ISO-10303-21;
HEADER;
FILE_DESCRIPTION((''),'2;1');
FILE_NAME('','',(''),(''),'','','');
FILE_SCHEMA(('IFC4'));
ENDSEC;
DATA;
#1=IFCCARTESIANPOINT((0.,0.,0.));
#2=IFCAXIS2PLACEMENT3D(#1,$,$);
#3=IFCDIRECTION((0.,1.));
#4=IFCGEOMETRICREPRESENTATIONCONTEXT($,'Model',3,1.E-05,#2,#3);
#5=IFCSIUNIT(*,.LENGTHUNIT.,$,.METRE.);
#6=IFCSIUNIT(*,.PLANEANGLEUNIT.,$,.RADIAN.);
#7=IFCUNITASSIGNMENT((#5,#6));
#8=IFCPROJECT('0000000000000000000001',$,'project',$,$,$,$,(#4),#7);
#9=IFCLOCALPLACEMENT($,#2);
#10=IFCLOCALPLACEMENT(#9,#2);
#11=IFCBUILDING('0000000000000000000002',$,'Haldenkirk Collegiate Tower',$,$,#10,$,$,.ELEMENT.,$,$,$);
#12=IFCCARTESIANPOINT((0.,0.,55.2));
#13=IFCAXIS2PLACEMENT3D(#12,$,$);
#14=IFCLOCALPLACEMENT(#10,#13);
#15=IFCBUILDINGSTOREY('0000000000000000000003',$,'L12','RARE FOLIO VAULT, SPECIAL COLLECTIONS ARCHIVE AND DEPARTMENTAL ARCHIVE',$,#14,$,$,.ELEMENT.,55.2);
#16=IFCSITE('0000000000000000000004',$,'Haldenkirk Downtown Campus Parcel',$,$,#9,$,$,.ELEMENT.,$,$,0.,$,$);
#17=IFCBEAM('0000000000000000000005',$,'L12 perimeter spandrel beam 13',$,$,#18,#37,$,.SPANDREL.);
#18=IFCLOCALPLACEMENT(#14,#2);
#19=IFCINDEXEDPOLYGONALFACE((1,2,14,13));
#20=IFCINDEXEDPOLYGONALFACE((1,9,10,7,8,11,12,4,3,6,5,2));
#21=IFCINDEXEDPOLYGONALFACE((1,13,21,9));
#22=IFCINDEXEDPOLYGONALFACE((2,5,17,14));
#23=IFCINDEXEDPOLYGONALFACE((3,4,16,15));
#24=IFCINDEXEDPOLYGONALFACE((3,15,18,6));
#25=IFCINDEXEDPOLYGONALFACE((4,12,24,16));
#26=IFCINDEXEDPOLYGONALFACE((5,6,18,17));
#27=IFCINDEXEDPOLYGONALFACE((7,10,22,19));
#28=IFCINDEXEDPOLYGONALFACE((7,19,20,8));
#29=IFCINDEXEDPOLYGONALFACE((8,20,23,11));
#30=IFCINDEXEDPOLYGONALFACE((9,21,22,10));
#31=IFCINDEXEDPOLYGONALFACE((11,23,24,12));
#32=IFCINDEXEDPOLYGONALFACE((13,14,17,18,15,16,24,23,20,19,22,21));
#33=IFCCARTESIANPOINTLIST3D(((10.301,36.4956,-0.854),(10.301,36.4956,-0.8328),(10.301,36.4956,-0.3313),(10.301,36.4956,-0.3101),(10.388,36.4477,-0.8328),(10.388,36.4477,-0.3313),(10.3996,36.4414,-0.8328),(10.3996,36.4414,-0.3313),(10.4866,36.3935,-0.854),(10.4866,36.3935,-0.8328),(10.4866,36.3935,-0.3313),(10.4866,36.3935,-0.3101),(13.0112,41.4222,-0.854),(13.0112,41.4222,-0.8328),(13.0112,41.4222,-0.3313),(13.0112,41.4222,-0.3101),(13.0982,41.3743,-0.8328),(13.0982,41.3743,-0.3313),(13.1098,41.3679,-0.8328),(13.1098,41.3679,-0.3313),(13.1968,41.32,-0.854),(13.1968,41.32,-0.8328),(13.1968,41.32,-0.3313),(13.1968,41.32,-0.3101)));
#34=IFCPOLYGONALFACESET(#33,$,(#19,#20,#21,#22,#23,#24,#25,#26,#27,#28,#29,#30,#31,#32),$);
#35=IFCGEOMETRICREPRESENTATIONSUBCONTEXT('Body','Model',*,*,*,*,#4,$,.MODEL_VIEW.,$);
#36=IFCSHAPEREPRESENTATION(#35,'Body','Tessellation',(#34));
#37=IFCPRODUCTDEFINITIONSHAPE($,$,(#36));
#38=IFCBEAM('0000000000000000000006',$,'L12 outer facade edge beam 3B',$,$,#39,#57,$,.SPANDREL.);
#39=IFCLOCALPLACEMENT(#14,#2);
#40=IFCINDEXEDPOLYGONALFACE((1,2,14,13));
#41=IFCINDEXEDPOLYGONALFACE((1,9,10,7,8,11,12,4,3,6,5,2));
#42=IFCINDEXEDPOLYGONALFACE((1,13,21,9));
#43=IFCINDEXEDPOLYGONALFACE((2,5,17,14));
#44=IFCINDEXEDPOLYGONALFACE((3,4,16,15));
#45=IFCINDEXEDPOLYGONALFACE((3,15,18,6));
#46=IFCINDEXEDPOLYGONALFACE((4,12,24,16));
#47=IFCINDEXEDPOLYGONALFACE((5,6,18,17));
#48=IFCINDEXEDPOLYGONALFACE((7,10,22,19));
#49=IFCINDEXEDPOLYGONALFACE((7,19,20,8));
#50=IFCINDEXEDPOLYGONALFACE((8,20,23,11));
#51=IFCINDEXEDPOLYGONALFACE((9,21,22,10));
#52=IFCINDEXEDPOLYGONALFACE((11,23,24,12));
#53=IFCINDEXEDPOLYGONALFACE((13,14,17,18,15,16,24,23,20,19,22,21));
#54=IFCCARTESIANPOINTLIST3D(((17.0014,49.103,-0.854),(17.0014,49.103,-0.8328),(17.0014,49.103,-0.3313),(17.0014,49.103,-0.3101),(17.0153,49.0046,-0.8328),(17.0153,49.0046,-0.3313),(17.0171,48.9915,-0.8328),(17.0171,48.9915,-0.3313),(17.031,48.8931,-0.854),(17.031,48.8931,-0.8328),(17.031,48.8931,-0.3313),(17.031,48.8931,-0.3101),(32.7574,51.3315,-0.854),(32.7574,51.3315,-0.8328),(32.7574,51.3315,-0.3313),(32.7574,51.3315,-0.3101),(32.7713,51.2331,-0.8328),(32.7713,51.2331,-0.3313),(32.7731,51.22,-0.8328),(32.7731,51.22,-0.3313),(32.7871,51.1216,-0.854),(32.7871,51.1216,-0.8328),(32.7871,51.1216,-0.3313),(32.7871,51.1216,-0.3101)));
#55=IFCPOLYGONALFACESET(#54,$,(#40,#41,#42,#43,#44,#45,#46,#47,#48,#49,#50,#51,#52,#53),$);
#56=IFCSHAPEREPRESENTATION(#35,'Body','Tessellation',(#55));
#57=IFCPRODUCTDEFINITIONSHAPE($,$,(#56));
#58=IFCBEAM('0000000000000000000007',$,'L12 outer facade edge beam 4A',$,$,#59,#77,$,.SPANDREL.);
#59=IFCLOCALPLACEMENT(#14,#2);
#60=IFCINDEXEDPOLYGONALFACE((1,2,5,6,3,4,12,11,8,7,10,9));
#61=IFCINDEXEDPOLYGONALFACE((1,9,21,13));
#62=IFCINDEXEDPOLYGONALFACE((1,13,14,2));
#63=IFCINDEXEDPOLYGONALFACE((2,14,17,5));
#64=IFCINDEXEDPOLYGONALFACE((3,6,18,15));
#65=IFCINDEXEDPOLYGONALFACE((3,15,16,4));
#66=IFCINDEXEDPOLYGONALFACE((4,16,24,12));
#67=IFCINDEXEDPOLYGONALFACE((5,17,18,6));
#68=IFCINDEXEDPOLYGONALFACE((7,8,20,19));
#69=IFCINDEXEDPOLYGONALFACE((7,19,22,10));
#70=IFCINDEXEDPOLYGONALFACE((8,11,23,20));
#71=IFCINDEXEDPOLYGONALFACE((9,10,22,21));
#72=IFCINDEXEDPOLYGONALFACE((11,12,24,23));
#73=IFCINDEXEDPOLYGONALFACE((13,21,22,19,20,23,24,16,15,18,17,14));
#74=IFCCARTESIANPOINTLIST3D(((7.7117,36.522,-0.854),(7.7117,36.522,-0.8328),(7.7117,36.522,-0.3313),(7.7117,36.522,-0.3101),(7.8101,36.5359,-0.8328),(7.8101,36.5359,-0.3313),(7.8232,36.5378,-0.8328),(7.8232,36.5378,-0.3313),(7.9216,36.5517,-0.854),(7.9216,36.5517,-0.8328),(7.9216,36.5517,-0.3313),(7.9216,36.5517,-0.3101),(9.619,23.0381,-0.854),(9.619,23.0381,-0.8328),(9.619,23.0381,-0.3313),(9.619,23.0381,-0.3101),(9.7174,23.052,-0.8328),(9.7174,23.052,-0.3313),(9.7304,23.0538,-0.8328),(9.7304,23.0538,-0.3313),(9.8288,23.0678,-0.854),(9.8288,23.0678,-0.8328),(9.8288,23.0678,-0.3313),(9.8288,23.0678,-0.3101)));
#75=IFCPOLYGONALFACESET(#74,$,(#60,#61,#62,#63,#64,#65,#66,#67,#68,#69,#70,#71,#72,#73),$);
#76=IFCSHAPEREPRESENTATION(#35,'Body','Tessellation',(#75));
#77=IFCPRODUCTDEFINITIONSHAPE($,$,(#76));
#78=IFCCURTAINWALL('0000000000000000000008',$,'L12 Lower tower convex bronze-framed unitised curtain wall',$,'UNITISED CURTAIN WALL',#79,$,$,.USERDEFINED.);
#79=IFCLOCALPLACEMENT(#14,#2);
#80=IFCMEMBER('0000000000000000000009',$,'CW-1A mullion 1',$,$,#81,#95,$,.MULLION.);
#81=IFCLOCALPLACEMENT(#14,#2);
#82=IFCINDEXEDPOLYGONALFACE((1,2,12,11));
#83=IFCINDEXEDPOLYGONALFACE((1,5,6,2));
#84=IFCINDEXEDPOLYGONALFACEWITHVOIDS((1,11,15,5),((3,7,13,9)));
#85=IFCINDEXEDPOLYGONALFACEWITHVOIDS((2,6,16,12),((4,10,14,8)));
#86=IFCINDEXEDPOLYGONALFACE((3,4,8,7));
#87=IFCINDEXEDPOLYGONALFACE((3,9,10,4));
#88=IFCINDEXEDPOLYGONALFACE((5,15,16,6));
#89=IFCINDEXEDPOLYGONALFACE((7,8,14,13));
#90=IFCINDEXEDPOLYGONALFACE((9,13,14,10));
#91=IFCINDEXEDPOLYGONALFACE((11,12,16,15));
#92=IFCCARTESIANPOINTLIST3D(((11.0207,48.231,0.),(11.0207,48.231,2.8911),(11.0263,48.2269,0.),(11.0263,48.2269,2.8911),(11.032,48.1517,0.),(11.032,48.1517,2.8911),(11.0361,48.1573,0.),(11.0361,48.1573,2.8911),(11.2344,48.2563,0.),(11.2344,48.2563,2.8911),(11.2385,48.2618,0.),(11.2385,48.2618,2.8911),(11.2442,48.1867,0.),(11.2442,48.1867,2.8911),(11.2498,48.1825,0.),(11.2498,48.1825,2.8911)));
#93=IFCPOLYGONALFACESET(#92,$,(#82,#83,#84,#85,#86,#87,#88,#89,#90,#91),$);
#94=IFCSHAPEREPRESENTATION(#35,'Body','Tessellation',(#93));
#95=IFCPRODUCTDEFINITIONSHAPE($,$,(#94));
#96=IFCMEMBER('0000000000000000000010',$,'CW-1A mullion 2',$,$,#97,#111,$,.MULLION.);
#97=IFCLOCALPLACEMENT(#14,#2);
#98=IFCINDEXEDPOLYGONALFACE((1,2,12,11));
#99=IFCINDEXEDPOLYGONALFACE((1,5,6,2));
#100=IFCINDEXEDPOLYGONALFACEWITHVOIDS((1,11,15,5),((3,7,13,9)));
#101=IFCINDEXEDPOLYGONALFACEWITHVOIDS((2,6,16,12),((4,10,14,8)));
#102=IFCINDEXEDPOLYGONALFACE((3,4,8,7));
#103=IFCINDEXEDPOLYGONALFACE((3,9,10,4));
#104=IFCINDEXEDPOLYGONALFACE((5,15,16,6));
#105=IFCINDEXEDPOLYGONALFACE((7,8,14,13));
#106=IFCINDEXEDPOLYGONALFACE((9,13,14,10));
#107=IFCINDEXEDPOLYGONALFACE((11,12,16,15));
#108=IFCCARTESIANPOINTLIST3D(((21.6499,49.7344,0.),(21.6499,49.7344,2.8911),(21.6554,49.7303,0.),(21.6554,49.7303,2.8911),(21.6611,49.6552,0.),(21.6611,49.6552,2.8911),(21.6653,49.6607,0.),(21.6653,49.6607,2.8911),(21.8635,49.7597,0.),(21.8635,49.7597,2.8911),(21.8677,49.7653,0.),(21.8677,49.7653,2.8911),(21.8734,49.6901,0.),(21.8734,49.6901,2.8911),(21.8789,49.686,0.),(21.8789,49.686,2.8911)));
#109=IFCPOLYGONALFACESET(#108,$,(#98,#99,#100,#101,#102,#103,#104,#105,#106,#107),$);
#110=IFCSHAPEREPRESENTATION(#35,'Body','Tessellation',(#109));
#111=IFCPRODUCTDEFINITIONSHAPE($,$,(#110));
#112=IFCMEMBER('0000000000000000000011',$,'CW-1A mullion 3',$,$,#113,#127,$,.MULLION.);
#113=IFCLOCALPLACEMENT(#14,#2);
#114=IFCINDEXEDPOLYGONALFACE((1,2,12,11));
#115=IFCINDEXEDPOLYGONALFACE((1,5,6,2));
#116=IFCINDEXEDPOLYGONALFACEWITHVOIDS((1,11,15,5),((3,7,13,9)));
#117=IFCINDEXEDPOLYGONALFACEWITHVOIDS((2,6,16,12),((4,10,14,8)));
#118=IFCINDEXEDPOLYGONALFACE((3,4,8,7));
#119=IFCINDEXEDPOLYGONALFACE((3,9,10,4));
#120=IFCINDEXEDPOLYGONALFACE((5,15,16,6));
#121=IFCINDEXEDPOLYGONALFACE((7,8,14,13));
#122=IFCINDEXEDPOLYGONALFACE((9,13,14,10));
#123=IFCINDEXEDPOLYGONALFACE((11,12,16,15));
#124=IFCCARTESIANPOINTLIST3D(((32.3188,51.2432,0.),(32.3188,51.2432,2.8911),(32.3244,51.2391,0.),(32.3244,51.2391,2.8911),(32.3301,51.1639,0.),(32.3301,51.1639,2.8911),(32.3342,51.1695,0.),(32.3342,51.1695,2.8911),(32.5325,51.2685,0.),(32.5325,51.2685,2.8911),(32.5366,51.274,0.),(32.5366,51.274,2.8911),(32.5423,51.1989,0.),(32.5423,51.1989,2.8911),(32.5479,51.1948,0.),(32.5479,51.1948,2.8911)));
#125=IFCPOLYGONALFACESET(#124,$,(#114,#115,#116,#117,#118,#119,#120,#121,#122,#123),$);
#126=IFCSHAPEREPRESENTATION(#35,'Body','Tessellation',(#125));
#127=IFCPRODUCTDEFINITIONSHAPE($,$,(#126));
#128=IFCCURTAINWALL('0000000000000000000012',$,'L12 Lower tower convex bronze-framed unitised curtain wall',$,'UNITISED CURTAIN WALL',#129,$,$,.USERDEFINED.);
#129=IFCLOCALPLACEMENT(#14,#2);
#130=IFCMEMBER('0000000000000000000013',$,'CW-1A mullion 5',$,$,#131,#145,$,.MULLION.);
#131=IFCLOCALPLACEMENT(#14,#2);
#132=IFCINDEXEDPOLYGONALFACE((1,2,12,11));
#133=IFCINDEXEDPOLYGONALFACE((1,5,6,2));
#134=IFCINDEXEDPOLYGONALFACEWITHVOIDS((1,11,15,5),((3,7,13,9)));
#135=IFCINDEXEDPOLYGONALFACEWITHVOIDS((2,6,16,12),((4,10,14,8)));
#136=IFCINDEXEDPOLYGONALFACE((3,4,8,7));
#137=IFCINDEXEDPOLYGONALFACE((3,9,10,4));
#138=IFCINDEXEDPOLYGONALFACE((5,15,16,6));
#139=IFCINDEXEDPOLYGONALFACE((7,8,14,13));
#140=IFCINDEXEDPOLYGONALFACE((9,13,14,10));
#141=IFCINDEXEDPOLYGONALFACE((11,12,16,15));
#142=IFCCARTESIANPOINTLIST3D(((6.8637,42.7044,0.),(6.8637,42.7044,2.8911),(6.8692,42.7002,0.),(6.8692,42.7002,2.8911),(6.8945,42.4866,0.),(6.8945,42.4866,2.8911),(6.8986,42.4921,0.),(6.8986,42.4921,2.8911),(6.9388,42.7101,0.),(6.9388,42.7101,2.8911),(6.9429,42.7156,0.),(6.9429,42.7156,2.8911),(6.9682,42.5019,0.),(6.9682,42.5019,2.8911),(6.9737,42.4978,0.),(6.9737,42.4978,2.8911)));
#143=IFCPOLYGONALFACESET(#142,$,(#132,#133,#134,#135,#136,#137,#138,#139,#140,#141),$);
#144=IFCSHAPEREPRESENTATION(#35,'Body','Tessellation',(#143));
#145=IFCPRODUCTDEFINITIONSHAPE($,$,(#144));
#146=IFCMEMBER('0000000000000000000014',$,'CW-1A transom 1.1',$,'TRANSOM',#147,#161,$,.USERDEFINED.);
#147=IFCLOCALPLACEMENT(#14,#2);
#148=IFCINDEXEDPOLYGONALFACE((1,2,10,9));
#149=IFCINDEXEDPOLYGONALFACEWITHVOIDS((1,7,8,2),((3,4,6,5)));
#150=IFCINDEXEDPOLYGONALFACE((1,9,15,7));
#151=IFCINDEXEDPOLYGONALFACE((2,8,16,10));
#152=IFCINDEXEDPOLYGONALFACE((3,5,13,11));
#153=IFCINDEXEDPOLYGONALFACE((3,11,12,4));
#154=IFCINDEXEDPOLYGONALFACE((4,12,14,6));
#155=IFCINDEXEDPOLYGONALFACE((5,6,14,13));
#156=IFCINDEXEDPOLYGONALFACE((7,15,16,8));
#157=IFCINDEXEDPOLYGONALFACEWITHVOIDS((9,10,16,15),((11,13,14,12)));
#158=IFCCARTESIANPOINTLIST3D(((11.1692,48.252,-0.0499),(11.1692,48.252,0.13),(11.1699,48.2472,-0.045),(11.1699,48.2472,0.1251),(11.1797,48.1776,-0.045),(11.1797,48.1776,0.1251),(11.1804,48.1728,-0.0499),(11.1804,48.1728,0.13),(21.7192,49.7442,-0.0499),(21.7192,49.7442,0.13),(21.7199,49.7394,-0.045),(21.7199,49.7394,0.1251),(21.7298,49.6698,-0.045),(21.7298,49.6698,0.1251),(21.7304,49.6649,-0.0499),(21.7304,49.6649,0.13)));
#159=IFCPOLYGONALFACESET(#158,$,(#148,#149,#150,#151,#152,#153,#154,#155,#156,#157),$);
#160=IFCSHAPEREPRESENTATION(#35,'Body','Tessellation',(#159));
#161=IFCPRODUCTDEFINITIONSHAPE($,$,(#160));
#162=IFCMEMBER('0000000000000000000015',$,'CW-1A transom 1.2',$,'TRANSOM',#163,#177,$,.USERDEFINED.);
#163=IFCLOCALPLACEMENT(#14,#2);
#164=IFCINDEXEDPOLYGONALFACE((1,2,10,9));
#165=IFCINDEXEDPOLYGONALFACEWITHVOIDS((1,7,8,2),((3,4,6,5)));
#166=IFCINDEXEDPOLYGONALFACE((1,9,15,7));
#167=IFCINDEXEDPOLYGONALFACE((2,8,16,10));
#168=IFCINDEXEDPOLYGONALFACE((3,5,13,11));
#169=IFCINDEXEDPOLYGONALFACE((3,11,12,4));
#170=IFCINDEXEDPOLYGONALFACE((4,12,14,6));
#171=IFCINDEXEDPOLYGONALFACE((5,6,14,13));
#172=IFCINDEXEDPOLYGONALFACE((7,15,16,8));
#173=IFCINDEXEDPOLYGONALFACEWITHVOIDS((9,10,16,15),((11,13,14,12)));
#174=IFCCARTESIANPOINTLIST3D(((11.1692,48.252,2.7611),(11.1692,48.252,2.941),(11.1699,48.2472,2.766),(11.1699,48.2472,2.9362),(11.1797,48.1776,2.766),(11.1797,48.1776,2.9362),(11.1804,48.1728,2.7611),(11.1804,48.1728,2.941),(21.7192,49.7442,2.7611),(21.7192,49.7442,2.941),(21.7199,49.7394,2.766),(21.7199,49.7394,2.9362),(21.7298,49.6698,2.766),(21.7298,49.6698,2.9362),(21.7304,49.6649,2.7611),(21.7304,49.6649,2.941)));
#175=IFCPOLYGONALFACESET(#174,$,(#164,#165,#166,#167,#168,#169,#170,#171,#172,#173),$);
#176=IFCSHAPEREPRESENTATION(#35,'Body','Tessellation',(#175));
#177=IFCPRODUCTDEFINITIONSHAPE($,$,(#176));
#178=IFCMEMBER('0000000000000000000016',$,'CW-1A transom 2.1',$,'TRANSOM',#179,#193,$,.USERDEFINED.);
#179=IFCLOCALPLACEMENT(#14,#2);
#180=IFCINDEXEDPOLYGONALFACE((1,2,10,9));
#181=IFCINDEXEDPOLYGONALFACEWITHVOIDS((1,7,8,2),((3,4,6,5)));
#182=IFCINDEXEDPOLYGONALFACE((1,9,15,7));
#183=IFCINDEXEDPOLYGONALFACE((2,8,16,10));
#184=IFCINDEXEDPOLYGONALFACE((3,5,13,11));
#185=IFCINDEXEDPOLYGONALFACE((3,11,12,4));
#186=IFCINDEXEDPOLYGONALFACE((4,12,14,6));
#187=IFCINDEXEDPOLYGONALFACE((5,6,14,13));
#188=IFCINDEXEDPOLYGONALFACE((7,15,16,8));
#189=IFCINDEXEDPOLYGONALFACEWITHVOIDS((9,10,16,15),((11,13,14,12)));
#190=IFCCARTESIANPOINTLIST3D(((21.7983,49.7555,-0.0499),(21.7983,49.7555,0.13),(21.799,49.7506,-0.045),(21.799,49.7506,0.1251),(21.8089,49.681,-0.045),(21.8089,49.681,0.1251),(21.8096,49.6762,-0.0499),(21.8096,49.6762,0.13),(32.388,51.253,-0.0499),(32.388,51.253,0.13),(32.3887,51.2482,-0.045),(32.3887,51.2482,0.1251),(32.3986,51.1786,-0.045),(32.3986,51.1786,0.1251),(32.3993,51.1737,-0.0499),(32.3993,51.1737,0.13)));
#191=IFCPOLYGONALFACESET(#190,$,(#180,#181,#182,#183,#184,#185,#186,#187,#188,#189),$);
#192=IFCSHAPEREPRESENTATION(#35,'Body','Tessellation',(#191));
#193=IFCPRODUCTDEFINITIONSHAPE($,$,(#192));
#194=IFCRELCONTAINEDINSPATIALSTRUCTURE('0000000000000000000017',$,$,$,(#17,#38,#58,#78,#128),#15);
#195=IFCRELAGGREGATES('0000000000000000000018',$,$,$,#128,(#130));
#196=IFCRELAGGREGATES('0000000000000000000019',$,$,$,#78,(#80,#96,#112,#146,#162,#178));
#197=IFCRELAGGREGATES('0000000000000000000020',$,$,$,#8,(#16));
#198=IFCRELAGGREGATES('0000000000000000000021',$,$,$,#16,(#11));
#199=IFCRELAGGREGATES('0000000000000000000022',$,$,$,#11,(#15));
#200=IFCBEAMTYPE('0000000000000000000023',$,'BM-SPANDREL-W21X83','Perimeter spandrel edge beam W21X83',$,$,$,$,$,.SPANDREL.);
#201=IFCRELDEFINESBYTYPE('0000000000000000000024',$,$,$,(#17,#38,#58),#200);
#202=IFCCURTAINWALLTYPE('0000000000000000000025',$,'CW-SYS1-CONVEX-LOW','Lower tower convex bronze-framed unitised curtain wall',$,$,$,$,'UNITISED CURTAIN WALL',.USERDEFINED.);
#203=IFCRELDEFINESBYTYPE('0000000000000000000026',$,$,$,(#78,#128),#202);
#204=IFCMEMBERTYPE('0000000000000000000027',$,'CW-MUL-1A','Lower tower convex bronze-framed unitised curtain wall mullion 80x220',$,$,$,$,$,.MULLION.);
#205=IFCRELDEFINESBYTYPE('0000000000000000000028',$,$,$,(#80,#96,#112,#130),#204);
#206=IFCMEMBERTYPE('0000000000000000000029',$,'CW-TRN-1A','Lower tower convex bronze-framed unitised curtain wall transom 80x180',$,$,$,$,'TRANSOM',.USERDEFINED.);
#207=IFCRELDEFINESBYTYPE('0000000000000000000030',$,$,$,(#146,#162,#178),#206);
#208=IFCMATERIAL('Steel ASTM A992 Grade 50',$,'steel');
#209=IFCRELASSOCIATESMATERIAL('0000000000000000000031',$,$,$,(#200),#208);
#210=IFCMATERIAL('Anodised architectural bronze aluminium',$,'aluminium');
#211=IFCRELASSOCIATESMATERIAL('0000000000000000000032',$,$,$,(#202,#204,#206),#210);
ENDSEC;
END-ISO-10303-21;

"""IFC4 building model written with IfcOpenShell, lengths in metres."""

from ifc_helpers import new_model, si_unit, direction, frame, origin, origin_2d, place, context, subcontext, project, spatial, hollow_rectangle, i_section, extrude, material, material_profile, profile_set, type_object, element, aggregate, save


model = new_model("IFC4")

# Units and contexts
model_context = context("Model", 3, precision=1e-05, world=origin(), true_north=direction((0.0, 1.0)))
body_context = subcontext(model_context, "Body", "Model", "MODEL_VIEW")
ifc_project = project(units=[si_unit("LENGTHUNIT", "METRE"), si_unit("PLANEANGLEUNIT", "RADIAN")], contexts=[model_context])

# Site, building, storey
site_placement = place(None, origin())
site = spatial("IfcSite", under=ifc_project, at=site_placement, Name="Haldenkirk Downtown Campus Parcel", CompositionType="ELEMENT", RefElevation=0.0)
building_placement = place(site_placement, origin())
building = spatial("IfcBuilding", under=site, at=building_placement, Name="Haldenkirk Collegiate Tower", CompositionType="ELEMENT")
storey_placement = place(building_placement, frame((0.0, 0.0, 55.2)))
storey = spatial("IfcBuildingStorey", under=building, at=storey_placement, Name="L12", Description="RARE FOLIO VAULT, SPECIAL COLLECTIONS ARCHIVE AND DEPARTMENTAL ARCHIVE", CompositionType="ELEMENT", Elevation=55.2)

# Beams
ifc_material_1 = material(Name="Steel ASTM A992 Grade 50", Category="steel")
ifc_material_profile_1 = material_profile(ifc_material_1, i_section(OverallWidth=0.2119, OverallDepth=0.5439, WebThickness=0.0132, FlangeThickness=0.0212, at=origin_2d()), Name="W21X83")
ifc_profile_set_1 = profile_set([ifc_material_profile_1], Name="Steel ASTM A992 Grade 50")
beam_type_1 = type_object("IfcBeamType", Name="BM-SPANDREL-W21X83", Description="Perimeter spandrel edge beam W21X83", PredefinedType="SPANDREL", material=ifc_profile_set_1)
beam_1_placement = place(storey_placement, frame((13.104, 41.3711, -0.582), z_axis=(-0.482004, -0.876169, 0.0), x_axis=(0.876169, -0.482004, 0.0)))
element("IfcBeam", 1, at=beam_1_placement, inside=storey, type_object=beam_type_1, Name="L12 perimeter spandrel beam 13", PredefinedType="SPANDREL", context=body_context, shape_type="SweptSolid", body=[
    extrude(i_section(OverallWidth=0.2119, OverallDepth=0.5439, WebThickness=0.0132, FlangeThickness=0.0212, at=origin_2d()), origin(), (0.0, 0.0, 1.0), 5.6228),
])
beam_2_placement = place(storey_placement, frame((32.7722, 51.2266, -0.582), z_axis=(-0.990145, -0.140044, 0.0), x_axis=(0.140044, -0.990145, 0.0)))
element("IfcBeam", 2, at=beam_2_placement, inside=storey, type_object=beam_type_1, Name="L12 outer facade edge beam 3B", PredefinedType="SPANDREL", context=body_context, shape_type="SweptSolid", body=[
    extrude(i_section(OverallWidth=0.2119, OverallDepth=0.5439, WebThickness=0.0132, FlangeThickness=0.0212, at=origin_2d()), origin(), (0.0, 0.0, 1.0), 15.9128),
])
beam_3_placement = place(storey_placement, frame((7.8167, 36.5369, -0.582), z_axis=(0.140051, -0.990144, 0.0), x_axis=(0.990144, 0.140051, 0.0)))
element("IfcBeam", 3, at=beam_3_placement, inside=storey, type_object=beam_type_1, Name="L12 outer facade edge beam 4A", PredefinedType="SPANDREL", context=body_context, shape_type="SweptSolid", body=[
    extrude(i_section(OverallWidth=0.2119, OverallDepth=0.5439, WebThickness=0.0132, FlangeThickness=0.0212, at=origin_2d()), origin(), (0.0, 0.0, 1.0), 13.6182),
])

# Curtain wall, members
ifc_material_2 = material(Name="Anodised architectural bronze aluminium", Category="aluminium")
curtain_wall_type = type_object("IfcCurtainWallType", Name="CW-SYS1-CONVEX-LOW", Description="Lower tower convex bronze-framed unitised curtain wall", ElementType="UNITISED CURTAIN WALL", PredefinedType="USERDEFINED", material=ifc_material_2)
curtain_wall_1_placement = place(storey_placement, origin())
curtain_wall_1 = element("IfcCurtainWall", 4, at=curtain_wall_1_placement, inside=storey, type_object=curtain_wall_type, Name="L12 Lower tower convex bronze-framed unitised curtain wall", ObjectType="UNITISED CURTAIN WALL", PredefinedType="USERDEFINED")
ifc_material_profile_2 = material_profile(ifc_material_2, hollow_rectangle(XDim=0.0801, YDim=0.22, WallThickness=0.0049, at=origin_2d()), Name="CW-MUL-1A")
ifc_profile_set_2 = profile_set([ifc_material_profile_2], Name="Anodised architectural bronze aluminium")
member_type_1 = type_object("IfcMemberType", Name="CW-MUL-1A", Description="Lower tower convex bronze-framed unitised curtain wall mullion 80x220", PredefinedType="MULLION", material=ifc_profile_set_2)
member_1_placement = place(storey_placement, frame((11.1353, 48.2068, 0.0), z_axis=(0.0, 0.0, 1.0), x_axis=(-0.140039, 0.990146, 0.0)))
member_1 = element("IfcMember", 5, at=member_1_placement, type_object=member_type_1, Name="CW-1A mullion 1", PredefinedType="MULLION", context=body_context, shape_type="SweptSolid", body=[
    extrude(hollow_rectangle(XDim=0.0801, YDim=0.22, WallThickness=0.0049, at=origin_2d()), origin(), (0.0, 0.0, 1.0), 2.8911),
])
member_2_placement = place(storey_placement, frame((21.7644, 49.7102, 0.0), z_axis=(0.0, 0.0, 1.0), x_axis=(-0.140039, 0.990146, 0.0)))
member_2 = element("IfcMember", 6, at=member_2_placement, type_object=member_type_1, Name="CW-1A mullion 2", PredefinedType="MULLION", context=body_context, shape_type="SweptSolid", body=[
    extrude(hollow_rectangle(XDim=0.0801, YDim=0.22, WallThickness=0.0049, at=origin_2d()), origin(), (0.0, 0.0, 1.0), 2.8911),
])
member_3_placement = place(storey_placement, frame((32.4333, 51.219, 0.0), z_axis=(0.0, 0.0, 1.0), x_axis=(-0.140039, 0.990146, 0.0)))
member_3 = element("IfcMember", 7, at=member_3_placement, type_object=member_type_1, Name="CW-1A mullion 3", PredefinedType="MULLION", context=body_context, shape_type="SweptSolid", body=[
    extrude(hollow_rectangle(XDim=0.0801, YDim=0.22, WallThickness=0.0049, at=origin_2d()), origin(), (0.0, 0.0, 1.0), 2.8911),
])

# Curtain wall, member
curtain_wall_2_placement = place(storey_placement, origin())
curtain_wall_2 = element("IfcCurtainWall", 8, at=curtain_wall_2_placement, inside=storey, type_object=curtain_wall_type, Name="L12 Lower tower convex bronze-framed unitised curtain wall", ObjectType="UNITISED CURTAIN WALL", PredefinedType="USERDEFINED")
member_4_placement = place(storey_placement, frame((6.9187, 42.6011, 0.0), z_axis=(0.0, 0.0, 1.0), x_axis=(-0.990146, -0.140039, 0.0)))
member_4 = element("IfcMember", 9, at=member_4_placement, type_object=member_type_1, Name="CW-1A mullion 5", PredefinedType="MULLION", context=body_context, shape_type="SweptSolid", body=[
    extrude(hollow_rectangle(XDim=0.0801, YDim=0.22, WallThickness=0.0049, at=origin_2d()), origin(), (0.0, 0.0, 1.0), 2.8911),
])

# Members
ifc_material_profile_3 = material_profile(ifc_material_2, hollow_rectangle(XDim=0.0801, YDim=0.1799, WallThickness=0.0049, at=origin_2d()), Name="CW-TRN-1A")
ifc_profile_set_3 = profile_set([ifc_material_profile_3], Name="Anodised architectural bronze aluminium")
member_type_2 = type_object("IfcMemberType", Name="CW-TRN-1A", Description="Lower tower convex bronze-framed unitised curtain wall transom 80x180", ElementType="TRANSOM", PredefinedType="USERDEFINED", material=ifc_profile_set_3)
member_5_placement = place(storey_placement, frame((11.1748, 48.2124, 0.04), z_axis=(0.990145, 0.140045, 0.0), x_axis=(-0.140045, 0.990145, 0.0)))
member_5 = element("IfcMember", 10, at=member_5_placement, type_object=member_type_2, Name="CW-1A transom 1.1", ObjectType="TRANSOM", PredefinedType="USERDEFINED", context=body_context, shape_type="SweptSolid", body=[
    extrude(hollow_rectangle(XDim=0.0801, YDim=0.1799, WallThickness=0.0049, at=origin_2d()), origin(), (0.0, 0.0, 1.0), 10.655),
])
member_6_placement = place(storey_placement, frame((11.1748, 48.2124, 2.8511), z_axis=(0.990145, 0.140045, 0.0), x_axis=(-0.140045, 0.990145, 0.0)))
member_6 = element("IfcMember", 11, at=member_6_placement, type_object=member_type_2, Name="CW-1A transom 1.2", ObjectType="TRANSOM", PredefinedType="USERDEFINED", context=body_context, shape_type="SweptSolid", body=[
    extrude(hollow_rectangle(XDim=0.0801, YDim=0.1799, WallThickness=0.0049, at=origin_2d()), origin(), (0.0, 0.0, 1.0), 10.655),
])
member_7_placement = place(storey_placement, frame((21.804, 49.7158, 0.04), z_axis=(0.990148, 0.140025, 0.0), x_axis=(-0.140025, 0.990148, 0.0)))
member_7 = element("IfcMember", 12, at=member_7_placement, type_object=member_type_2, Name="CW-1A transom 2.1", ObjectType="TRANSOM", PredefinedType="USERDEFINED", context=body_context, shape_type="SweptSolid", body=[
    extrude(hollow_rectangle(XDim=0.0801, YDim=0.1799, WallThickness=0.0049, at=origin_2d()), origin(), (0.0, 0.0, 1.0), 10.6951),
])

aggregate(curtain_wall_2, [member_4])
aggregate(curtain_wall_1, [member_1, member_2, member_3, member_5, member_6, member_7])

save(model, "model.ifc")
